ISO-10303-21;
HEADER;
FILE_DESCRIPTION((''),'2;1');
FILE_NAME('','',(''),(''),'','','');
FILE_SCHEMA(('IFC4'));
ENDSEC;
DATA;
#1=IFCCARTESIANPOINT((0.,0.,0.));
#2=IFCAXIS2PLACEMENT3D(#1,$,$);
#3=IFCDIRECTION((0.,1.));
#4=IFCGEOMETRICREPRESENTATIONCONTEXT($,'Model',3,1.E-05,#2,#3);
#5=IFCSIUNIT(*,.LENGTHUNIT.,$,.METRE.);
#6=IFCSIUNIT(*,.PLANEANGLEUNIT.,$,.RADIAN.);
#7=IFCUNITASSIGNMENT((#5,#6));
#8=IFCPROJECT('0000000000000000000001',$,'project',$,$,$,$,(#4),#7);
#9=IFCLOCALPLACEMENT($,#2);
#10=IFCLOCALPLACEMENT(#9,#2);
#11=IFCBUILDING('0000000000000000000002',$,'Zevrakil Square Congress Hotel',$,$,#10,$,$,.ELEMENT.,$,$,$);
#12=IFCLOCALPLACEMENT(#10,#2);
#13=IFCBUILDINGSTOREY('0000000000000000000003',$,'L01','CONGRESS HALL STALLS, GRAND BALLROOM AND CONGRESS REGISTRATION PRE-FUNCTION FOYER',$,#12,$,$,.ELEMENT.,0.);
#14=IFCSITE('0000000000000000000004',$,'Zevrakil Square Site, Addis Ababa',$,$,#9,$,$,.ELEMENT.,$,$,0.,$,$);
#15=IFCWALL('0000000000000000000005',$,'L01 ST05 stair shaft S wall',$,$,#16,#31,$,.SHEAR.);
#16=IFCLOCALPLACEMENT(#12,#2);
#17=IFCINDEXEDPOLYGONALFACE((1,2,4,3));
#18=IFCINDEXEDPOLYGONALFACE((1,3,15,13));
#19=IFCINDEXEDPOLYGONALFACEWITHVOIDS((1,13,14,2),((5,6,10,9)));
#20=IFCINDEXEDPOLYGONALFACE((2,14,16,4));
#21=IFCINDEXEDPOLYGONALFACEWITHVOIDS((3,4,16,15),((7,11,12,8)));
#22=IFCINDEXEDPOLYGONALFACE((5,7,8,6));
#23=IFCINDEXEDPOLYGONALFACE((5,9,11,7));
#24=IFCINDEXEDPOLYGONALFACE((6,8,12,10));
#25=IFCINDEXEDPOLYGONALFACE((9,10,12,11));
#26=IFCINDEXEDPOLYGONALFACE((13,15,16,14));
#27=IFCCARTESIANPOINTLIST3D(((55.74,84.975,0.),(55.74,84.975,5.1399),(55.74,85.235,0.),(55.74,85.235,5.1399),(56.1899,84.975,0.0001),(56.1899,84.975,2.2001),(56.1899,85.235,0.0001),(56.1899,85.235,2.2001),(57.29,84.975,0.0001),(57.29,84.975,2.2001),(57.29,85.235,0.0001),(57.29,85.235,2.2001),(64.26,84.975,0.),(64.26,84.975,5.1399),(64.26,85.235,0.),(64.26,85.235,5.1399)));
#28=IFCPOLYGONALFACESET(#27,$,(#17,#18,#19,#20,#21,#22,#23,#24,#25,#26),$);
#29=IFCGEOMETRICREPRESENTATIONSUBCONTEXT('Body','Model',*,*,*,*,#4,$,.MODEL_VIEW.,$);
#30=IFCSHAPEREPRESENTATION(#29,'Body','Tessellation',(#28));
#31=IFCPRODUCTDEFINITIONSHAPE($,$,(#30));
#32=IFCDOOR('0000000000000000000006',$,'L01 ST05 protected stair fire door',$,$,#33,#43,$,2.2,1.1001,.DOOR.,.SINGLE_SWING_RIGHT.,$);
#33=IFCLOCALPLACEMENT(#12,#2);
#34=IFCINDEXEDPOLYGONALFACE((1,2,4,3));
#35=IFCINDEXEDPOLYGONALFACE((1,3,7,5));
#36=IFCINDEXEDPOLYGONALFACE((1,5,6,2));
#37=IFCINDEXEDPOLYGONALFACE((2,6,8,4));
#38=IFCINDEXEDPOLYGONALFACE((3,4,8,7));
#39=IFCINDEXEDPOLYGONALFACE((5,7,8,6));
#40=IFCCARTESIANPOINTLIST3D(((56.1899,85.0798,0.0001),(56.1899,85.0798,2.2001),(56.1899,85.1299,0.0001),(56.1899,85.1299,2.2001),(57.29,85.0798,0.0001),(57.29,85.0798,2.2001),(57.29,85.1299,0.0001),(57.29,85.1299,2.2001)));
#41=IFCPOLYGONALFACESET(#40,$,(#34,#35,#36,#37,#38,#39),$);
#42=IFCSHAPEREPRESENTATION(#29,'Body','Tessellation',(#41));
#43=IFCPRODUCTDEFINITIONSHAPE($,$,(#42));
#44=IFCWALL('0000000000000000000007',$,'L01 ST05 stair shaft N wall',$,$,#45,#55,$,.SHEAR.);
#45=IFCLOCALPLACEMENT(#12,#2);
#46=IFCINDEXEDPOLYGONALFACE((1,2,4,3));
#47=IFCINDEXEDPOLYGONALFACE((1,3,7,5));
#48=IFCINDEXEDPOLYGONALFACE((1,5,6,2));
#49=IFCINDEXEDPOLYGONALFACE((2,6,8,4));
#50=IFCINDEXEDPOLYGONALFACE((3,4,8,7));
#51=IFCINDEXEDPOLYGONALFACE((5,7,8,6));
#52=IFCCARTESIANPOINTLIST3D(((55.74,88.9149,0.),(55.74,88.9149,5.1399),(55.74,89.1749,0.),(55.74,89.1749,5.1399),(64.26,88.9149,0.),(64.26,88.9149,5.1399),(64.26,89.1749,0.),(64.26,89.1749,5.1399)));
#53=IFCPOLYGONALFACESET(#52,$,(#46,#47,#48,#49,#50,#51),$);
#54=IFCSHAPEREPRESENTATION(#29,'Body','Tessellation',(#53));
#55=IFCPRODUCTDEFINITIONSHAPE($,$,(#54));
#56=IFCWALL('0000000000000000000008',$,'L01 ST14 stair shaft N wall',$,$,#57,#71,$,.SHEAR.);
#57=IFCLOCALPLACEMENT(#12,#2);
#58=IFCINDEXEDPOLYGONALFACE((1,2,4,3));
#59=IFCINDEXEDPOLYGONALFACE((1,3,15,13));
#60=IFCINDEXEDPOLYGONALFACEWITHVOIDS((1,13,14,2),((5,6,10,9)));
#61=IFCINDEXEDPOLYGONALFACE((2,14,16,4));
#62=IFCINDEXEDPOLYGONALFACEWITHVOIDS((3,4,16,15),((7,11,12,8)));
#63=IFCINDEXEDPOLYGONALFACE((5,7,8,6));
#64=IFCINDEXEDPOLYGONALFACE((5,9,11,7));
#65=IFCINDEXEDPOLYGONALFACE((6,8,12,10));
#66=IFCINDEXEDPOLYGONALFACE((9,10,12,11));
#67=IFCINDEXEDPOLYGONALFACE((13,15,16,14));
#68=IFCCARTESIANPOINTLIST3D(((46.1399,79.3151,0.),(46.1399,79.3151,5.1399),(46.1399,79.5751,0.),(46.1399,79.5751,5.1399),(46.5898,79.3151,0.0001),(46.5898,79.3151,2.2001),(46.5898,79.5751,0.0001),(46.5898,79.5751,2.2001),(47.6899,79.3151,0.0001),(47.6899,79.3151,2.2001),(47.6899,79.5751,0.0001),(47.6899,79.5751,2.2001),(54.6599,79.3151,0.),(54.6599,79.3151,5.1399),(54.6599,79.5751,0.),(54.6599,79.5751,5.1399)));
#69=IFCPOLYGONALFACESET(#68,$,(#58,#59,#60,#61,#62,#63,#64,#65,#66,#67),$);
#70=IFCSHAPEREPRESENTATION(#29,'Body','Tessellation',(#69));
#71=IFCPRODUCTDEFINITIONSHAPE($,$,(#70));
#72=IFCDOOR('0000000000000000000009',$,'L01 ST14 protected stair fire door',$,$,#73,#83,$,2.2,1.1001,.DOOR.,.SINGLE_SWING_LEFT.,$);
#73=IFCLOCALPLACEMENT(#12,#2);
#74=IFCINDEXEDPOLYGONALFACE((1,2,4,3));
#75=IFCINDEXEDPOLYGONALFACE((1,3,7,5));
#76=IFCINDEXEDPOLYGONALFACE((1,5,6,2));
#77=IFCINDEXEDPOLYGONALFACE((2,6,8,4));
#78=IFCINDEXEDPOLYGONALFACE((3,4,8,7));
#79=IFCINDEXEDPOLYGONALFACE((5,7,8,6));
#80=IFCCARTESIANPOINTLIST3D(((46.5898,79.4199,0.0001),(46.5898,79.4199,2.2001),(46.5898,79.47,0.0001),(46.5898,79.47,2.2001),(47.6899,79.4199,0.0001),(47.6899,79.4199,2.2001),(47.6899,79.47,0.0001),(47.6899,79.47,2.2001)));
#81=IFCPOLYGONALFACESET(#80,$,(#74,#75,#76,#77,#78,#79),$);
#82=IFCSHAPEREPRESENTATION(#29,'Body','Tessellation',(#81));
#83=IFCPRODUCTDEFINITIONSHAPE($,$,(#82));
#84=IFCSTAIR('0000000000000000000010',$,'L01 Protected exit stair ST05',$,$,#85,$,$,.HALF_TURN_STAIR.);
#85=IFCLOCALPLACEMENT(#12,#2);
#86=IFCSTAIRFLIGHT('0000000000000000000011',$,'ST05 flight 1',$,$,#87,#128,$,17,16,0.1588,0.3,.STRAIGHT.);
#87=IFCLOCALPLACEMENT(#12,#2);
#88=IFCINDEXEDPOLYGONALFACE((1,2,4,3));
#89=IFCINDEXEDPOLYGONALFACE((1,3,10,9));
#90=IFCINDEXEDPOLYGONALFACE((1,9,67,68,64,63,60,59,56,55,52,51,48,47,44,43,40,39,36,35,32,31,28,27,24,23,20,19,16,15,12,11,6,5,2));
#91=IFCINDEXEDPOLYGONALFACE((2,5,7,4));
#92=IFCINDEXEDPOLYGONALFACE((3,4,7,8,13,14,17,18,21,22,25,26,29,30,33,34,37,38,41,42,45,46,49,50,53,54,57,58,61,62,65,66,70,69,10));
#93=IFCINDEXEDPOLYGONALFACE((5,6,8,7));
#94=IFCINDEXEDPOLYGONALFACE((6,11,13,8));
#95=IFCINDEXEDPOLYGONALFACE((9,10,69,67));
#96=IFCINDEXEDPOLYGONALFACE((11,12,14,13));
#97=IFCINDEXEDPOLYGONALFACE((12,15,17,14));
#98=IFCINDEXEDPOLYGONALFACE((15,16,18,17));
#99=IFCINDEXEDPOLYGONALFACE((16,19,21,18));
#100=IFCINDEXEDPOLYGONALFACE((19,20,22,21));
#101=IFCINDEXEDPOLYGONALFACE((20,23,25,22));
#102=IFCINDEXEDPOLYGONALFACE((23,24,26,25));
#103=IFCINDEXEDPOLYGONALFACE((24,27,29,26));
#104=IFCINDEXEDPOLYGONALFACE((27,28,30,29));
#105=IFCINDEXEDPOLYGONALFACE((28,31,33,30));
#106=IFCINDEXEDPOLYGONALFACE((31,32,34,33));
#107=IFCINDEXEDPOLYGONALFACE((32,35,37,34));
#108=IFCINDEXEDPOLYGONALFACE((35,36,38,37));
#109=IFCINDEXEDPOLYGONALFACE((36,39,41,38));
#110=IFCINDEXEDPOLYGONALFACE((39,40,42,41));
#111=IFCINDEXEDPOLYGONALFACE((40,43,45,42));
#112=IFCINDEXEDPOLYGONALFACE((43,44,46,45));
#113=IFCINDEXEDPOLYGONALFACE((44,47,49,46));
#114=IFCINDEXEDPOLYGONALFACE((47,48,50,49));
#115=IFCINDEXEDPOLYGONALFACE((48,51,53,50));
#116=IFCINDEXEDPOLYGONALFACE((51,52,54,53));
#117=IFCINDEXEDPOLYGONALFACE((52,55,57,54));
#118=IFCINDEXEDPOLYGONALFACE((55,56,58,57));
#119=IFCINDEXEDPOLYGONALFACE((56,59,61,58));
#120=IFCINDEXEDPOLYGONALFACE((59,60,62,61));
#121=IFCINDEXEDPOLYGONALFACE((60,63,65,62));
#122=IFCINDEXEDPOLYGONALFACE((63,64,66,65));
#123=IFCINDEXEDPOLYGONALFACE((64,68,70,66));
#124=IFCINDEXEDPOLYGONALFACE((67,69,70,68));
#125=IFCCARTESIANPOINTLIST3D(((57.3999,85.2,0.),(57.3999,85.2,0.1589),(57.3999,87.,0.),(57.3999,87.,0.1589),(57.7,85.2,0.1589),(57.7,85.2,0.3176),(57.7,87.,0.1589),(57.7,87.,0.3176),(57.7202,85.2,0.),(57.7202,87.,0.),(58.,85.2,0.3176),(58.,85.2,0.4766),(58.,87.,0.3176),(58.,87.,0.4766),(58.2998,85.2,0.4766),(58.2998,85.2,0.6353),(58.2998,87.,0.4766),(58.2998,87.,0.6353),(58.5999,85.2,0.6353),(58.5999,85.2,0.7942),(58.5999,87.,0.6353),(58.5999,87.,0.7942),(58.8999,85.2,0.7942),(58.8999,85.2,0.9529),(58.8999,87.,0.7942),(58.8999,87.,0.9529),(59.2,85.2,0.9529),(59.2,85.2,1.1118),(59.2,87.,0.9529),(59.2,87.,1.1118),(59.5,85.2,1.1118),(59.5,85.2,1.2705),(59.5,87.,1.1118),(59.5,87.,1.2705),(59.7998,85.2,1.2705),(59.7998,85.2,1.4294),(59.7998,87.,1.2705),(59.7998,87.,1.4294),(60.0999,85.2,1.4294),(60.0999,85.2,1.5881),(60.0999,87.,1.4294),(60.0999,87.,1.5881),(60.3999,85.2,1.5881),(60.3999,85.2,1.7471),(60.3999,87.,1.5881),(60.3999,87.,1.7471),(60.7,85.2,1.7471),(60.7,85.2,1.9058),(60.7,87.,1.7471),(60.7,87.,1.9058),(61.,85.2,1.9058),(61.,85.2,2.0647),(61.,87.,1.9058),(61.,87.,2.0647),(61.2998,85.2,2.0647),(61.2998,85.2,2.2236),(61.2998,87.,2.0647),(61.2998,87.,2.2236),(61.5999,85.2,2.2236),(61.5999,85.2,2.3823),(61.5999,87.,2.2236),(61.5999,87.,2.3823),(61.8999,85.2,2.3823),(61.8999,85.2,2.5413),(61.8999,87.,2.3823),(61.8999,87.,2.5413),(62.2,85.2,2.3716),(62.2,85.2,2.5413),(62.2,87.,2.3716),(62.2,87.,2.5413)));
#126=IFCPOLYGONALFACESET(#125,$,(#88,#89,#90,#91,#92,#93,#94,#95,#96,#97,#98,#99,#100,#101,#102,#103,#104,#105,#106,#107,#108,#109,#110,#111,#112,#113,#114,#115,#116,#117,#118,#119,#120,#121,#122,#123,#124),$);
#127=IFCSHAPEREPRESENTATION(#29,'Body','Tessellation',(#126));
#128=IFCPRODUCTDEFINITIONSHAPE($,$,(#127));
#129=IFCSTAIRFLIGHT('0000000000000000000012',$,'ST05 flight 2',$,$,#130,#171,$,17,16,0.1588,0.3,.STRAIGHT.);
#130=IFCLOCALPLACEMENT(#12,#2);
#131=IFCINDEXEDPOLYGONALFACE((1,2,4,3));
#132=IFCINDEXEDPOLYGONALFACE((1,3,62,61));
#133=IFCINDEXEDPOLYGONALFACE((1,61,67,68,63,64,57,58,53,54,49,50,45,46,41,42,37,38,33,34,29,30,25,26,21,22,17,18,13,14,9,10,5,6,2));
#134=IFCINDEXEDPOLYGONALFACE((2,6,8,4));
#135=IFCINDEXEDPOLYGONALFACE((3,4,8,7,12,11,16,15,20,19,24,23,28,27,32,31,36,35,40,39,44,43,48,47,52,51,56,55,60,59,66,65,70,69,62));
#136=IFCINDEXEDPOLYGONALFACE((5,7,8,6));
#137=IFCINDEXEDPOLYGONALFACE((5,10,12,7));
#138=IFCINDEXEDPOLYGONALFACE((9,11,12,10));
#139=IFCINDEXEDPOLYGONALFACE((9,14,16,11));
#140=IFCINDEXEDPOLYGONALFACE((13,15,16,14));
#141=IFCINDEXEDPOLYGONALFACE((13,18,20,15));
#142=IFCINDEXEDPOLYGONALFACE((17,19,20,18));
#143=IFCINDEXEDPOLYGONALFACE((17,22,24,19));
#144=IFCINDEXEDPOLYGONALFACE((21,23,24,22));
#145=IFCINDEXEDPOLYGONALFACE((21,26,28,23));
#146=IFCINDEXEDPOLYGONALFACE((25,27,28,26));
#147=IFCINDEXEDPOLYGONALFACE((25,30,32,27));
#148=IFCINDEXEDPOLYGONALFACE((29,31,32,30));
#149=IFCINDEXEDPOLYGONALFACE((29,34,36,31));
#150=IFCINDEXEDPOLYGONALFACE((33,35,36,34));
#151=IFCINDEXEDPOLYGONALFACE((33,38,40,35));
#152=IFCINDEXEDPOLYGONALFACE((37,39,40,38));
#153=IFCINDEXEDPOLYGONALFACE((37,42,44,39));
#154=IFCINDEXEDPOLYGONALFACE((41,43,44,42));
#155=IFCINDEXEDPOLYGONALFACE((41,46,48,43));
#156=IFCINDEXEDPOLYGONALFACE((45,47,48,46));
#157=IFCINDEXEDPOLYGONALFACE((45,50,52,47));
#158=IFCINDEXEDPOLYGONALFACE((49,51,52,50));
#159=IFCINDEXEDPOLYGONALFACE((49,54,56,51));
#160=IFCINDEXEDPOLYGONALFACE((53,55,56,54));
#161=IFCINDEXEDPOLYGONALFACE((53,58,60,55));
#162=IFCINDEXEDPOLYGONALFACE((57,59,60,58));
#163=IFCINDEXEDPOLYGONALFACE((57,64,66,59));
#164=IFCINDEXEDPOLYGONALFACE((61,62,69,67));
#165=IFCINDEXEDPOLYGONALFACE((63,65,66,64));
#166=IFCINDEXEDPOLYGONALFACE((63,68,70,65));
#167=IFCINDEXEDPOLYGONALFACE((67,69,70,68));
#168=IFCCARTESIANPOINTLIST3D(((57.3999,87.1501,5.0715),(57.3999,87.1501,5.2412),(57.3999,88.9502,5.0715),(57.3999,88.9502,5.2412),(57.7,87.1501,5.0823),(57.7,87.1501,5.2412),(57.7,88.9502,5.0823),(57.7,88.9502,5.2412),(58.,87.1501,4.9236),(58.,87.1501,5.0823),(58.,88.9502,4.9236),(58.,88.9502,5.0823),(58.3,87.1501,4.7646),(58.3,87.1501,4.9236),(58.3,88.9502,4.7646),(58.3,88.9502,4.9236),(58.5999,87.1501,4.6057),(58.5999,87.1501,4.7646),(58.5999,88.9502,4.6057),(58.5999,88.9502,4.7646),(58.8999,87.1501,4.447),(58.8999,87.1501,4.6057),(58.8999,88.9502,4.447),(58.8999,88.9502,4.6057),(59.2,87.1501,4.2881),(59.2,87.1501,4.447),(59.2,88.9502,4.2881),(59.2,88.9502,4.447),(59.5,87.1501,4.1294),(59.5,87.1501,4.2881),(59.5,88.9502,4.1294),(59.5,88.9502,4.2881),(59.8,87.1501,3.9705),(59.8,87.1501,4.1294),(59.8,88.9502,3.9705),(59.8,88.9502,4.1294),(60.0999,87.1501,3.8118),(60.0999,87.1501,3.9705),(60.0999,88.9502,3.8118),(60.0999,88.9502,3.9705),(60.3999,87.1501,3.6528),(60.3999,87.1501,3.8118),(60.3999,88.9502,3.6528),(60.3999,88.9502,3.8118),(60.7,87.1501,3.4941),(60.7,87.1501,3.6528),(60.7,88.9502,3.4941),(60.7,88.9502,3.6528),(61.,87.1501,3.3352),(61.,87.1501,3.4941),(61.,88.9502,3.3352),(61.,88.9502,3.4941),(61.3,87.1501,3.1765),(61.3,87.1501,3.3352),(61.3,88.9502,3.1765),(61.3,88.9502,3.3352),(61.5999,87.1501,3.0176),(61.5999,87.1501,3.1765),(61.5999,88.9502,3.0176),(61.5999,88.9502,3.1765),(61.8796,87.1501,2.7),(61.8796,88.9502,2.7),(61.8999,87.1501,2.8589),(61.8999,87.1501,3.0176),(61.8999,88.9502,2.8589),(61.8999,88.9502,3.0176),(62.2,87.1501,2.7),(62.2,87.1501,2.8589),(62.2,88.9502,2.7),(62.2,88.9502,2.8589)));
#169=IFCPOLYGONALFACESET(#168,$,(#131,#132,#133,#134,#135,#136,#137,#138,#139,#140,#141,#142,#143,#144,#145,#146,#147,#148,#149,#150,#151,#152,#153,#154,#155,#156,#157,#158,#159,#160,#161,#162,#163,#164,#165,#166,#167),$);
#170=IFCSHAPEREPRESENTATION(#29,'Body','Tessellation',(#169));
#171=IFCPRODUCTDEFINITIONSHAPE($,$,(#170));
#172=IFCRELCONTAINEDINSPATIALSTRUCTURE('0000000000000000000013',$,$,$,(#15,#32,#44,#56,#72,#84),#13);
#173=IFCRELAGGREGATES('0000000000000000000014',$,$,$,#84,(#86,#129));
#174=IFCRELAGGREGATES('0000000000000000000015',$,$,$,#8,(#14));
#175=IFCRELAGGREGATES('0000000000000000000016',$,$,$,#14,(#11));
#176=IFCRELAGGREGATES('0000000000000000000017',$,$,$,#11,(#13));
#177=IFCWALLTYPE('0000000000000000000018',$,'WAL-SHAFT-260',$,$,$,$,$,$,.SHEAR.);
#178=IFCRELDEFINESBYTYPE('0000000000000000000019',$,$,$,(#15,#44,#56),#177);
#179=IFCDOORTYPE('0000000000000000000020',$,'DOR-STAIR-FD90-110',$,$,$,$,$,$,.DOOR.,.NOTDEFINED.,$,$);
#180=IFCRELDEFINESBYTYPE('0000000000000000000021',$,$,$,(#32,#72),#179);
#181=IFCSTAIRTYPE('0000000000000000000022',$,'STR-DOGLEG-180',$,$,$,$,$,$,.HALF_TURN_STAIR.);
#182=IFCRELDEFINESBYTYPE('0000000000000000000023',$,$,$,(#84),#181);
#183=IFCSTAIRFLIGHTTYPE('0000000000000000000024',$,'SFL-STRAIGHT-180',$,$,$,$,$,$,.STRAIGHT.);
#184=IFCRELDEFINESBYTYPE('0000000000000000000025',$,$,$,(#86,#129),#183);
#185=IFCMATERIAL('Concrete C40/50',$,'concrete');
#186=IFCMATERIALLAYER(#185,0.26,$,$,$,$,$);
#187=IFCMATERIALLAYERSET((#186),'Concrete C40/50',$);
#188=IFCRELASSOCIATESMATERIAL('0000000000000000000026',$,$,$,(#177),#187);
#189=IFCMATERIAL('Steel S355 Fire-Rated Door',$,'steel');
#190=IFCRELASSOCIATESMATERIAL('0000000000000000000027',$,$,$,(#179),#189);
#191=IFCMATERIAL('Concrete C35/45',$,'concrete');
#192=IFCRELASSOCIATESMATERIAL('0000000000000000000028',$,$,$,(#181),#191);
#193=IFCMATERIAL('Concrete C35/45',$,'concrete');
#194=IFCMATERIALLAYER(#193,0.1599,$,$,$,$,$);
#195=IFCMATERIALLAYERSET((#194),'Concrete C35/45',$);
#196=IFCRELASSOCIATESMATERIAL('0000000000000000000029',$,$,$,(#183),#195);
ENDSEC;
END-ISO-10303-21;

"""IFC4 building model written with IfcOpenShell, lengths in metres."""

from ifc_helpers import new_model, si_unit, direction, frame, frame_2d, origin, place, context, subcontext, project, spatial, polyline, rectangle, outline, extrude, material, layer, layer_set, type_object, element, fill, aggregate, save


model = new_model("IFC4")

# Units and contexts
model_context = context("Model", 3, precision=1e-05, world=origin(), true_north=direction((0.0, 1.0)))
body_context = subcontext(model_context, "Body", "Model", "MODEL_VIEW")
ifc_project = project(units=[si_unit("LENGTHUNIT", "METRE"), si_unit("PLANEANGLEUNIT", "RADIAN")], contexts=[model_context])

# Site, building, storey
site_placement = place(None, origin())
site = spatial("IfcSite", under=ifc_project, at=site_placement, Name="Zevrakil Square Site, Addis Ababa", CompositionType="ELEMENT", RefElevation=0.0)
building_placement = place(site_placement, origin())
building = spatial("IfcBuilding", under=site, at=building_placement, Name="Zevrakil Square Congress Hotel", CompositionType="ELEMENT")
storey_placement = place(building_placement, origin())
storey = spatial("IfcBuildingStorey", under=building, at=storey_placement, Name="L01", Description="CONGRESS HALL STALLS, GRAND BALLROOM AND CONGRESS REGISTRATION PRE-FUNCTION FOYER", CompositionType="ELEMENT", Elevation=0.0)

# Shared definitions
ifc_material_1 = material(Name="Concrete C40/50", Category="concrete")
ifc_layer_1 = layer(ifc_material_1, 0.26)
ifc_layer_set_1 = layer_set([ifc_layer_1], Name="Concrete C40/50")
wall_type_1 = type_object("IfcWallType", Name="WAL-SHAFT-260", PredefinedType="SHEAR", material=ifc_layer_set_1)

# Wall, opening, door
wall_1_placement = place(storey_placement, frame((55.74, 85.105, 0.0), z_axis=(0.0, 0.0, 1.0), x_axis=(1.0, 0.0, 0.0)))
wall_1 = element("IfcWall", 1, at=wall_1_placement, inside=storey, type_object=wall_type_1, Name="L01 ST05 stair shaft S wall", PredefinedType="SHEAR", context=body_context, shape_type="SweptSolid", body=[
    extrude(rectangle(XDim=8.52, YDim=0.26, at=frame_2d((4.26, 0.0))), origin(), (0.0, 0.0, 1.0), 5.1399),
])
opening_1_placement = place(wall_1_placement, frame((0.45, 0.0, 0.0)))
opening_1 = element("IfcOpeningElement", 2, at=opening_1_placement, cuts=wall_1, PredefinedType="OPENING", context=body_context, shape_type="SweptSolid", body=[
    extrude(rectangle(XDim=1.1001, YDim=2.2, at=frame_2d((0.55, 1.1001))), frame((0.0, 0.1401, 0.0), z_axis=(0.0, -1.0, 0.0), x_axis=(1.0, 0.0, 0.0)), (0.0, 0.0, 1.0), 0.28),
])
ifc_material_2 = material(Name="Steel S355 Fire-Rated Door", Category="steel")
door_type_1 = type_object("IfcDoorType", Name="DOR-STAIR-FD90-110", OperationType="NOTDEFINED", PredefinedType="DOOR", material=ifc_material_2)
door_1_placement = place(opening_1_placement, origin())
door_1 = element("IfcDoor", 3, at=door_1_placement, inside=storey, type_object=door_type_1, Name="L01 ST05 protected stair fire door", OperationType="SINGLE_SWING_RIGHT", OverallHeight=2.2, OverallWidth=1.1001, PredefinedType="DOOR", context=body_context, shape_type="SweptSolid", body=[
    extrude(rectangle(XDim=1.1001, YDim=2.2, at=frame_2d((0.55, 1.1001))), frame((0.0, 0.0249, 0.0), z_axis=(0.0, -1.0, 0.0), x_axis=(1.0, 0.0, 0.0)), (0.0, 0.0, 1.0), 0.05),
])
fill(opening_1, door_1)

# Wall
wall_2_placement = place(storey_placement, frame((55.74, 89.0449, 0.0), z_axis=(0.0, 0.0, 1.0), x_axis=(1.0, 0.0, 0.0)))
element("IfcWall", 4, at=wall_2_placement, inside=storey, type_object=wall_type_1, Name="L01 ST05 stair shaft N wall", PredefinedType="SHEAR", context=body_context, shape_type="SweptSolid", body=[
    extrude(rectangle(XDim=8.52, YDim=0.26, at=frame_2d((4.26, 0.0))), origin(), (0.0, 0.0, 1.0), 5.1399),
])

# Wall, opening, door
wall_3_placement = place(storey_placement, frame((46.1399, 79.4451, 0.0), z_axis=(0.0, 0.0, 1.0), x_axis=(1.0, 0.0, 0.0)))
wall_3 = element("IfcWall", 5, at=wall_3_placement, inside=storey, type_object=wall_type_1, Name="L01 ST14 stair shaft N wall", PredefinedType="SHEAR", context=body_context, shape_type="SweptSolid", body=[
    extrude(rectangle(XDim=8.52, YDim=0.26, at=frame_2d((4.26, 0.0))), origin(), (0.0, 0.0, 1.0), 5.1399),
])
opening_2_placement = place(wall_3_placement, frame((0.45, 0.0, 0.0)))
opening_2 = element("IfcOpeningElement", 6, at=opening_2_placement, cuts=wall_3, PredefinedType="OPENING", context=body_context, shape_type="SweptSolid", body=[
    extrude(rectangle(XDim=1.1001, YDim=2.2, at=frame_2d((0.55, 1.1001))), frame((0.0, 0.1401, 0.0), z_axis=(0.0, -1.0, 0.0), x_axis=(1.0, 0.0, 0.0)), (0.0, 0.0, 1.0), 0.28),
])
door_2_placement = place(opening_2_placement, origin())
door_2 = element("IfcDoor", 7, at=door_2_placement, inside=storey, type_object=door_type_1, Name="L01 ST14 protected stair fire door", OperationType="SINGLE_SWING_LEFT", OverallHeight=2.2, OverallWidth=1.1001, PredefinedType="DOOR", context=body_context, shape_type="SweptSolid", body=[
    extrude(rectangle(XDim=1.1001, YDim=2.2, at=frame_2d((0.55, 1.1001))), frame((0.0, 0.0249, 0.0), z_axis=(0.0, -1.0, 0.0), x_axis=(1.0, 0.0, 0.0)), (0.0, 0.0, 1.0), 0.05),
])
fill(opening_2, door_2)

# Stair, stair flights
ifc_material_3 = material(Name="Concrete C35/45", Category="concrete")
stair_type = type_object("IfcStairType", Name="STR-DOGLEG-180", PredefinedType="HALF_TURN_STAIR", material=ifc_material_3)
stair_1_placement = place(storey_placement, origin())
stair_1 = element("IfcStair", 8, at=stair_1_placement, inside=storey, type_object=stair_type, Name="L01 Protected exit stair ST05", PredefinedType="HALF_TURN_STAIR")
ifc_material_4 = material(Name="Concrete C35/45", Category="concrete")
ifc_layer_2 = layer(ifc_material_4, 0.1599)
ifc_layer_set_2 = layer_set([ifc_layer_2], Name="Concrete C35/45")
stair_flight_type = type_object("IfcStairFlightType", Name="SFL-STRAIGHT-180", PredefinedType="STRAIGHT", material=ifc_layer_set_2)
stair_flight_1_placement = place(storey_placement, frame((57.3999, 86.1001, 0.0), z_axis=(0.0, 0.0, 1.0), x_axis=(1.0, 0.0, 0.0)))
stair_flight_1 = element("IfcStairFlight", 9, at=stair_flight_1_placement, type_object=stair_flight_type, Name="ST05 flight 1", NumberOfRisers=17, NumberOfTreads=16, PredefinedType="STRAIGHT", RiserHeight=0.1588, TreadLength=0.3, context=body_context, shape_type="SweptSolid", body=[
    extrude(outline(polyline([(0.0, 0.0), (0.0, 0.1589), (0.3, 0.1589), (0.3, 0.3176), (0.6001, 0.3176), (0.6001, 0.4766), (0.8999, 0.4766), (0.8999, 0.6353), (1.2, 0.6353), (1.2, 0.7942), (1.5, 0.7942), (1.5, 0.9529), (1.8, 0.9529), (1.8, 1.1118), (2.1001, 1.1118), (2.1001, 1.2705), (2.3999, 1.2705), (2.3999, 1.4294), (2.7, 1.4294), (2.7, 1.5881), (3.0, 1.5881), (3.0, 1.7471), (3.3, 1.7471), (3.3, 1.9058), (3.6001, 1.9058), (3.6001, 2.0647), (3.8999, 2.0647), (3.8999, 2.2236), (4.2, 2.2236), (4.2, 2.3823), (4.5, 2.3823), (4.5, 2.5413), (4.8, 2.5413), (4.8, 2.7), (4.8, 2.3716), (0.3203, 0.0), (0.0, 0.0)])), frame((0.0, 0.8999, 0.0), z_axis=(0.0, -1.0, 0.0), x_axis=(1.0, 0.0, 0.0)), (0.0, 0.0, 1.0), 1.8),
])
stair_flight_2_placement = place(storey_placement, frame((62.2, 88.05, 2.7), z_axis=(0.0, 0.0, 1.0), x_axis=(-1.0, 0.0, 0.0)))
stair_flight_2 = element("IfcStairFlight", 10, at=stair_flight_2_placement, type_object=stair_flight_type, Name="ST05 flight 2", NumberOfRisers=17, NumberOfTreads=16, PredefinedType="STRAIGHT", RiserHeight=0.1588, TreadLength=0.3, context=body_context, shape_type="SweptSolid", body=[
    extrude(outline(polyline([(0.0, 0.0), (0.0, 0.1589), (0.3, 0.1589), (0.3, 0.3176), (0.6001, 0.3176), (0.6001, 0.4766), (0.8999, 0.4766), (0.8999, 0.6353), (1.2, 0.6353), (1.2, 0.7942), (1.5, 0.7942), (1.5, 0.9529), (1.8, 0.9529), (1.8, 1.1118), (2.1001, 1.1118), (2.1001, 1.2705), (2.3999, 1.2705), (2.3999, 1.4294), (2.7, 1.4294), (2.7, 1.5881), (3.0, 1.5881), (3.0, 1.7471), (3.3, 1.7471), (3.3, 1.9058), (3.6001, 1.9058), (3.6001, 2.0647), (3.8999, 2.0647), (3.8999, 2.2236), (4.2, 2.2236), (4.2, 2.3823), (4.5, 2.3823), (4.5, 2.5413), (4.8, 2.5413), (4.8, 2.7), (4.8, 2.3716), (0.3203, 0.0), (0.0, 0.0)])), frame((0.0, 0.8999, 0.0), z_axis=(0.0, -1.0, 0.0), x_axis=(1.0, 0.0, 0.0)), (0.0, 0.0, 1.0), 1.8),
])
aggregate(stair_1, [stair_flight_1, stair_flight_2])

save(model, "model.ifc")
